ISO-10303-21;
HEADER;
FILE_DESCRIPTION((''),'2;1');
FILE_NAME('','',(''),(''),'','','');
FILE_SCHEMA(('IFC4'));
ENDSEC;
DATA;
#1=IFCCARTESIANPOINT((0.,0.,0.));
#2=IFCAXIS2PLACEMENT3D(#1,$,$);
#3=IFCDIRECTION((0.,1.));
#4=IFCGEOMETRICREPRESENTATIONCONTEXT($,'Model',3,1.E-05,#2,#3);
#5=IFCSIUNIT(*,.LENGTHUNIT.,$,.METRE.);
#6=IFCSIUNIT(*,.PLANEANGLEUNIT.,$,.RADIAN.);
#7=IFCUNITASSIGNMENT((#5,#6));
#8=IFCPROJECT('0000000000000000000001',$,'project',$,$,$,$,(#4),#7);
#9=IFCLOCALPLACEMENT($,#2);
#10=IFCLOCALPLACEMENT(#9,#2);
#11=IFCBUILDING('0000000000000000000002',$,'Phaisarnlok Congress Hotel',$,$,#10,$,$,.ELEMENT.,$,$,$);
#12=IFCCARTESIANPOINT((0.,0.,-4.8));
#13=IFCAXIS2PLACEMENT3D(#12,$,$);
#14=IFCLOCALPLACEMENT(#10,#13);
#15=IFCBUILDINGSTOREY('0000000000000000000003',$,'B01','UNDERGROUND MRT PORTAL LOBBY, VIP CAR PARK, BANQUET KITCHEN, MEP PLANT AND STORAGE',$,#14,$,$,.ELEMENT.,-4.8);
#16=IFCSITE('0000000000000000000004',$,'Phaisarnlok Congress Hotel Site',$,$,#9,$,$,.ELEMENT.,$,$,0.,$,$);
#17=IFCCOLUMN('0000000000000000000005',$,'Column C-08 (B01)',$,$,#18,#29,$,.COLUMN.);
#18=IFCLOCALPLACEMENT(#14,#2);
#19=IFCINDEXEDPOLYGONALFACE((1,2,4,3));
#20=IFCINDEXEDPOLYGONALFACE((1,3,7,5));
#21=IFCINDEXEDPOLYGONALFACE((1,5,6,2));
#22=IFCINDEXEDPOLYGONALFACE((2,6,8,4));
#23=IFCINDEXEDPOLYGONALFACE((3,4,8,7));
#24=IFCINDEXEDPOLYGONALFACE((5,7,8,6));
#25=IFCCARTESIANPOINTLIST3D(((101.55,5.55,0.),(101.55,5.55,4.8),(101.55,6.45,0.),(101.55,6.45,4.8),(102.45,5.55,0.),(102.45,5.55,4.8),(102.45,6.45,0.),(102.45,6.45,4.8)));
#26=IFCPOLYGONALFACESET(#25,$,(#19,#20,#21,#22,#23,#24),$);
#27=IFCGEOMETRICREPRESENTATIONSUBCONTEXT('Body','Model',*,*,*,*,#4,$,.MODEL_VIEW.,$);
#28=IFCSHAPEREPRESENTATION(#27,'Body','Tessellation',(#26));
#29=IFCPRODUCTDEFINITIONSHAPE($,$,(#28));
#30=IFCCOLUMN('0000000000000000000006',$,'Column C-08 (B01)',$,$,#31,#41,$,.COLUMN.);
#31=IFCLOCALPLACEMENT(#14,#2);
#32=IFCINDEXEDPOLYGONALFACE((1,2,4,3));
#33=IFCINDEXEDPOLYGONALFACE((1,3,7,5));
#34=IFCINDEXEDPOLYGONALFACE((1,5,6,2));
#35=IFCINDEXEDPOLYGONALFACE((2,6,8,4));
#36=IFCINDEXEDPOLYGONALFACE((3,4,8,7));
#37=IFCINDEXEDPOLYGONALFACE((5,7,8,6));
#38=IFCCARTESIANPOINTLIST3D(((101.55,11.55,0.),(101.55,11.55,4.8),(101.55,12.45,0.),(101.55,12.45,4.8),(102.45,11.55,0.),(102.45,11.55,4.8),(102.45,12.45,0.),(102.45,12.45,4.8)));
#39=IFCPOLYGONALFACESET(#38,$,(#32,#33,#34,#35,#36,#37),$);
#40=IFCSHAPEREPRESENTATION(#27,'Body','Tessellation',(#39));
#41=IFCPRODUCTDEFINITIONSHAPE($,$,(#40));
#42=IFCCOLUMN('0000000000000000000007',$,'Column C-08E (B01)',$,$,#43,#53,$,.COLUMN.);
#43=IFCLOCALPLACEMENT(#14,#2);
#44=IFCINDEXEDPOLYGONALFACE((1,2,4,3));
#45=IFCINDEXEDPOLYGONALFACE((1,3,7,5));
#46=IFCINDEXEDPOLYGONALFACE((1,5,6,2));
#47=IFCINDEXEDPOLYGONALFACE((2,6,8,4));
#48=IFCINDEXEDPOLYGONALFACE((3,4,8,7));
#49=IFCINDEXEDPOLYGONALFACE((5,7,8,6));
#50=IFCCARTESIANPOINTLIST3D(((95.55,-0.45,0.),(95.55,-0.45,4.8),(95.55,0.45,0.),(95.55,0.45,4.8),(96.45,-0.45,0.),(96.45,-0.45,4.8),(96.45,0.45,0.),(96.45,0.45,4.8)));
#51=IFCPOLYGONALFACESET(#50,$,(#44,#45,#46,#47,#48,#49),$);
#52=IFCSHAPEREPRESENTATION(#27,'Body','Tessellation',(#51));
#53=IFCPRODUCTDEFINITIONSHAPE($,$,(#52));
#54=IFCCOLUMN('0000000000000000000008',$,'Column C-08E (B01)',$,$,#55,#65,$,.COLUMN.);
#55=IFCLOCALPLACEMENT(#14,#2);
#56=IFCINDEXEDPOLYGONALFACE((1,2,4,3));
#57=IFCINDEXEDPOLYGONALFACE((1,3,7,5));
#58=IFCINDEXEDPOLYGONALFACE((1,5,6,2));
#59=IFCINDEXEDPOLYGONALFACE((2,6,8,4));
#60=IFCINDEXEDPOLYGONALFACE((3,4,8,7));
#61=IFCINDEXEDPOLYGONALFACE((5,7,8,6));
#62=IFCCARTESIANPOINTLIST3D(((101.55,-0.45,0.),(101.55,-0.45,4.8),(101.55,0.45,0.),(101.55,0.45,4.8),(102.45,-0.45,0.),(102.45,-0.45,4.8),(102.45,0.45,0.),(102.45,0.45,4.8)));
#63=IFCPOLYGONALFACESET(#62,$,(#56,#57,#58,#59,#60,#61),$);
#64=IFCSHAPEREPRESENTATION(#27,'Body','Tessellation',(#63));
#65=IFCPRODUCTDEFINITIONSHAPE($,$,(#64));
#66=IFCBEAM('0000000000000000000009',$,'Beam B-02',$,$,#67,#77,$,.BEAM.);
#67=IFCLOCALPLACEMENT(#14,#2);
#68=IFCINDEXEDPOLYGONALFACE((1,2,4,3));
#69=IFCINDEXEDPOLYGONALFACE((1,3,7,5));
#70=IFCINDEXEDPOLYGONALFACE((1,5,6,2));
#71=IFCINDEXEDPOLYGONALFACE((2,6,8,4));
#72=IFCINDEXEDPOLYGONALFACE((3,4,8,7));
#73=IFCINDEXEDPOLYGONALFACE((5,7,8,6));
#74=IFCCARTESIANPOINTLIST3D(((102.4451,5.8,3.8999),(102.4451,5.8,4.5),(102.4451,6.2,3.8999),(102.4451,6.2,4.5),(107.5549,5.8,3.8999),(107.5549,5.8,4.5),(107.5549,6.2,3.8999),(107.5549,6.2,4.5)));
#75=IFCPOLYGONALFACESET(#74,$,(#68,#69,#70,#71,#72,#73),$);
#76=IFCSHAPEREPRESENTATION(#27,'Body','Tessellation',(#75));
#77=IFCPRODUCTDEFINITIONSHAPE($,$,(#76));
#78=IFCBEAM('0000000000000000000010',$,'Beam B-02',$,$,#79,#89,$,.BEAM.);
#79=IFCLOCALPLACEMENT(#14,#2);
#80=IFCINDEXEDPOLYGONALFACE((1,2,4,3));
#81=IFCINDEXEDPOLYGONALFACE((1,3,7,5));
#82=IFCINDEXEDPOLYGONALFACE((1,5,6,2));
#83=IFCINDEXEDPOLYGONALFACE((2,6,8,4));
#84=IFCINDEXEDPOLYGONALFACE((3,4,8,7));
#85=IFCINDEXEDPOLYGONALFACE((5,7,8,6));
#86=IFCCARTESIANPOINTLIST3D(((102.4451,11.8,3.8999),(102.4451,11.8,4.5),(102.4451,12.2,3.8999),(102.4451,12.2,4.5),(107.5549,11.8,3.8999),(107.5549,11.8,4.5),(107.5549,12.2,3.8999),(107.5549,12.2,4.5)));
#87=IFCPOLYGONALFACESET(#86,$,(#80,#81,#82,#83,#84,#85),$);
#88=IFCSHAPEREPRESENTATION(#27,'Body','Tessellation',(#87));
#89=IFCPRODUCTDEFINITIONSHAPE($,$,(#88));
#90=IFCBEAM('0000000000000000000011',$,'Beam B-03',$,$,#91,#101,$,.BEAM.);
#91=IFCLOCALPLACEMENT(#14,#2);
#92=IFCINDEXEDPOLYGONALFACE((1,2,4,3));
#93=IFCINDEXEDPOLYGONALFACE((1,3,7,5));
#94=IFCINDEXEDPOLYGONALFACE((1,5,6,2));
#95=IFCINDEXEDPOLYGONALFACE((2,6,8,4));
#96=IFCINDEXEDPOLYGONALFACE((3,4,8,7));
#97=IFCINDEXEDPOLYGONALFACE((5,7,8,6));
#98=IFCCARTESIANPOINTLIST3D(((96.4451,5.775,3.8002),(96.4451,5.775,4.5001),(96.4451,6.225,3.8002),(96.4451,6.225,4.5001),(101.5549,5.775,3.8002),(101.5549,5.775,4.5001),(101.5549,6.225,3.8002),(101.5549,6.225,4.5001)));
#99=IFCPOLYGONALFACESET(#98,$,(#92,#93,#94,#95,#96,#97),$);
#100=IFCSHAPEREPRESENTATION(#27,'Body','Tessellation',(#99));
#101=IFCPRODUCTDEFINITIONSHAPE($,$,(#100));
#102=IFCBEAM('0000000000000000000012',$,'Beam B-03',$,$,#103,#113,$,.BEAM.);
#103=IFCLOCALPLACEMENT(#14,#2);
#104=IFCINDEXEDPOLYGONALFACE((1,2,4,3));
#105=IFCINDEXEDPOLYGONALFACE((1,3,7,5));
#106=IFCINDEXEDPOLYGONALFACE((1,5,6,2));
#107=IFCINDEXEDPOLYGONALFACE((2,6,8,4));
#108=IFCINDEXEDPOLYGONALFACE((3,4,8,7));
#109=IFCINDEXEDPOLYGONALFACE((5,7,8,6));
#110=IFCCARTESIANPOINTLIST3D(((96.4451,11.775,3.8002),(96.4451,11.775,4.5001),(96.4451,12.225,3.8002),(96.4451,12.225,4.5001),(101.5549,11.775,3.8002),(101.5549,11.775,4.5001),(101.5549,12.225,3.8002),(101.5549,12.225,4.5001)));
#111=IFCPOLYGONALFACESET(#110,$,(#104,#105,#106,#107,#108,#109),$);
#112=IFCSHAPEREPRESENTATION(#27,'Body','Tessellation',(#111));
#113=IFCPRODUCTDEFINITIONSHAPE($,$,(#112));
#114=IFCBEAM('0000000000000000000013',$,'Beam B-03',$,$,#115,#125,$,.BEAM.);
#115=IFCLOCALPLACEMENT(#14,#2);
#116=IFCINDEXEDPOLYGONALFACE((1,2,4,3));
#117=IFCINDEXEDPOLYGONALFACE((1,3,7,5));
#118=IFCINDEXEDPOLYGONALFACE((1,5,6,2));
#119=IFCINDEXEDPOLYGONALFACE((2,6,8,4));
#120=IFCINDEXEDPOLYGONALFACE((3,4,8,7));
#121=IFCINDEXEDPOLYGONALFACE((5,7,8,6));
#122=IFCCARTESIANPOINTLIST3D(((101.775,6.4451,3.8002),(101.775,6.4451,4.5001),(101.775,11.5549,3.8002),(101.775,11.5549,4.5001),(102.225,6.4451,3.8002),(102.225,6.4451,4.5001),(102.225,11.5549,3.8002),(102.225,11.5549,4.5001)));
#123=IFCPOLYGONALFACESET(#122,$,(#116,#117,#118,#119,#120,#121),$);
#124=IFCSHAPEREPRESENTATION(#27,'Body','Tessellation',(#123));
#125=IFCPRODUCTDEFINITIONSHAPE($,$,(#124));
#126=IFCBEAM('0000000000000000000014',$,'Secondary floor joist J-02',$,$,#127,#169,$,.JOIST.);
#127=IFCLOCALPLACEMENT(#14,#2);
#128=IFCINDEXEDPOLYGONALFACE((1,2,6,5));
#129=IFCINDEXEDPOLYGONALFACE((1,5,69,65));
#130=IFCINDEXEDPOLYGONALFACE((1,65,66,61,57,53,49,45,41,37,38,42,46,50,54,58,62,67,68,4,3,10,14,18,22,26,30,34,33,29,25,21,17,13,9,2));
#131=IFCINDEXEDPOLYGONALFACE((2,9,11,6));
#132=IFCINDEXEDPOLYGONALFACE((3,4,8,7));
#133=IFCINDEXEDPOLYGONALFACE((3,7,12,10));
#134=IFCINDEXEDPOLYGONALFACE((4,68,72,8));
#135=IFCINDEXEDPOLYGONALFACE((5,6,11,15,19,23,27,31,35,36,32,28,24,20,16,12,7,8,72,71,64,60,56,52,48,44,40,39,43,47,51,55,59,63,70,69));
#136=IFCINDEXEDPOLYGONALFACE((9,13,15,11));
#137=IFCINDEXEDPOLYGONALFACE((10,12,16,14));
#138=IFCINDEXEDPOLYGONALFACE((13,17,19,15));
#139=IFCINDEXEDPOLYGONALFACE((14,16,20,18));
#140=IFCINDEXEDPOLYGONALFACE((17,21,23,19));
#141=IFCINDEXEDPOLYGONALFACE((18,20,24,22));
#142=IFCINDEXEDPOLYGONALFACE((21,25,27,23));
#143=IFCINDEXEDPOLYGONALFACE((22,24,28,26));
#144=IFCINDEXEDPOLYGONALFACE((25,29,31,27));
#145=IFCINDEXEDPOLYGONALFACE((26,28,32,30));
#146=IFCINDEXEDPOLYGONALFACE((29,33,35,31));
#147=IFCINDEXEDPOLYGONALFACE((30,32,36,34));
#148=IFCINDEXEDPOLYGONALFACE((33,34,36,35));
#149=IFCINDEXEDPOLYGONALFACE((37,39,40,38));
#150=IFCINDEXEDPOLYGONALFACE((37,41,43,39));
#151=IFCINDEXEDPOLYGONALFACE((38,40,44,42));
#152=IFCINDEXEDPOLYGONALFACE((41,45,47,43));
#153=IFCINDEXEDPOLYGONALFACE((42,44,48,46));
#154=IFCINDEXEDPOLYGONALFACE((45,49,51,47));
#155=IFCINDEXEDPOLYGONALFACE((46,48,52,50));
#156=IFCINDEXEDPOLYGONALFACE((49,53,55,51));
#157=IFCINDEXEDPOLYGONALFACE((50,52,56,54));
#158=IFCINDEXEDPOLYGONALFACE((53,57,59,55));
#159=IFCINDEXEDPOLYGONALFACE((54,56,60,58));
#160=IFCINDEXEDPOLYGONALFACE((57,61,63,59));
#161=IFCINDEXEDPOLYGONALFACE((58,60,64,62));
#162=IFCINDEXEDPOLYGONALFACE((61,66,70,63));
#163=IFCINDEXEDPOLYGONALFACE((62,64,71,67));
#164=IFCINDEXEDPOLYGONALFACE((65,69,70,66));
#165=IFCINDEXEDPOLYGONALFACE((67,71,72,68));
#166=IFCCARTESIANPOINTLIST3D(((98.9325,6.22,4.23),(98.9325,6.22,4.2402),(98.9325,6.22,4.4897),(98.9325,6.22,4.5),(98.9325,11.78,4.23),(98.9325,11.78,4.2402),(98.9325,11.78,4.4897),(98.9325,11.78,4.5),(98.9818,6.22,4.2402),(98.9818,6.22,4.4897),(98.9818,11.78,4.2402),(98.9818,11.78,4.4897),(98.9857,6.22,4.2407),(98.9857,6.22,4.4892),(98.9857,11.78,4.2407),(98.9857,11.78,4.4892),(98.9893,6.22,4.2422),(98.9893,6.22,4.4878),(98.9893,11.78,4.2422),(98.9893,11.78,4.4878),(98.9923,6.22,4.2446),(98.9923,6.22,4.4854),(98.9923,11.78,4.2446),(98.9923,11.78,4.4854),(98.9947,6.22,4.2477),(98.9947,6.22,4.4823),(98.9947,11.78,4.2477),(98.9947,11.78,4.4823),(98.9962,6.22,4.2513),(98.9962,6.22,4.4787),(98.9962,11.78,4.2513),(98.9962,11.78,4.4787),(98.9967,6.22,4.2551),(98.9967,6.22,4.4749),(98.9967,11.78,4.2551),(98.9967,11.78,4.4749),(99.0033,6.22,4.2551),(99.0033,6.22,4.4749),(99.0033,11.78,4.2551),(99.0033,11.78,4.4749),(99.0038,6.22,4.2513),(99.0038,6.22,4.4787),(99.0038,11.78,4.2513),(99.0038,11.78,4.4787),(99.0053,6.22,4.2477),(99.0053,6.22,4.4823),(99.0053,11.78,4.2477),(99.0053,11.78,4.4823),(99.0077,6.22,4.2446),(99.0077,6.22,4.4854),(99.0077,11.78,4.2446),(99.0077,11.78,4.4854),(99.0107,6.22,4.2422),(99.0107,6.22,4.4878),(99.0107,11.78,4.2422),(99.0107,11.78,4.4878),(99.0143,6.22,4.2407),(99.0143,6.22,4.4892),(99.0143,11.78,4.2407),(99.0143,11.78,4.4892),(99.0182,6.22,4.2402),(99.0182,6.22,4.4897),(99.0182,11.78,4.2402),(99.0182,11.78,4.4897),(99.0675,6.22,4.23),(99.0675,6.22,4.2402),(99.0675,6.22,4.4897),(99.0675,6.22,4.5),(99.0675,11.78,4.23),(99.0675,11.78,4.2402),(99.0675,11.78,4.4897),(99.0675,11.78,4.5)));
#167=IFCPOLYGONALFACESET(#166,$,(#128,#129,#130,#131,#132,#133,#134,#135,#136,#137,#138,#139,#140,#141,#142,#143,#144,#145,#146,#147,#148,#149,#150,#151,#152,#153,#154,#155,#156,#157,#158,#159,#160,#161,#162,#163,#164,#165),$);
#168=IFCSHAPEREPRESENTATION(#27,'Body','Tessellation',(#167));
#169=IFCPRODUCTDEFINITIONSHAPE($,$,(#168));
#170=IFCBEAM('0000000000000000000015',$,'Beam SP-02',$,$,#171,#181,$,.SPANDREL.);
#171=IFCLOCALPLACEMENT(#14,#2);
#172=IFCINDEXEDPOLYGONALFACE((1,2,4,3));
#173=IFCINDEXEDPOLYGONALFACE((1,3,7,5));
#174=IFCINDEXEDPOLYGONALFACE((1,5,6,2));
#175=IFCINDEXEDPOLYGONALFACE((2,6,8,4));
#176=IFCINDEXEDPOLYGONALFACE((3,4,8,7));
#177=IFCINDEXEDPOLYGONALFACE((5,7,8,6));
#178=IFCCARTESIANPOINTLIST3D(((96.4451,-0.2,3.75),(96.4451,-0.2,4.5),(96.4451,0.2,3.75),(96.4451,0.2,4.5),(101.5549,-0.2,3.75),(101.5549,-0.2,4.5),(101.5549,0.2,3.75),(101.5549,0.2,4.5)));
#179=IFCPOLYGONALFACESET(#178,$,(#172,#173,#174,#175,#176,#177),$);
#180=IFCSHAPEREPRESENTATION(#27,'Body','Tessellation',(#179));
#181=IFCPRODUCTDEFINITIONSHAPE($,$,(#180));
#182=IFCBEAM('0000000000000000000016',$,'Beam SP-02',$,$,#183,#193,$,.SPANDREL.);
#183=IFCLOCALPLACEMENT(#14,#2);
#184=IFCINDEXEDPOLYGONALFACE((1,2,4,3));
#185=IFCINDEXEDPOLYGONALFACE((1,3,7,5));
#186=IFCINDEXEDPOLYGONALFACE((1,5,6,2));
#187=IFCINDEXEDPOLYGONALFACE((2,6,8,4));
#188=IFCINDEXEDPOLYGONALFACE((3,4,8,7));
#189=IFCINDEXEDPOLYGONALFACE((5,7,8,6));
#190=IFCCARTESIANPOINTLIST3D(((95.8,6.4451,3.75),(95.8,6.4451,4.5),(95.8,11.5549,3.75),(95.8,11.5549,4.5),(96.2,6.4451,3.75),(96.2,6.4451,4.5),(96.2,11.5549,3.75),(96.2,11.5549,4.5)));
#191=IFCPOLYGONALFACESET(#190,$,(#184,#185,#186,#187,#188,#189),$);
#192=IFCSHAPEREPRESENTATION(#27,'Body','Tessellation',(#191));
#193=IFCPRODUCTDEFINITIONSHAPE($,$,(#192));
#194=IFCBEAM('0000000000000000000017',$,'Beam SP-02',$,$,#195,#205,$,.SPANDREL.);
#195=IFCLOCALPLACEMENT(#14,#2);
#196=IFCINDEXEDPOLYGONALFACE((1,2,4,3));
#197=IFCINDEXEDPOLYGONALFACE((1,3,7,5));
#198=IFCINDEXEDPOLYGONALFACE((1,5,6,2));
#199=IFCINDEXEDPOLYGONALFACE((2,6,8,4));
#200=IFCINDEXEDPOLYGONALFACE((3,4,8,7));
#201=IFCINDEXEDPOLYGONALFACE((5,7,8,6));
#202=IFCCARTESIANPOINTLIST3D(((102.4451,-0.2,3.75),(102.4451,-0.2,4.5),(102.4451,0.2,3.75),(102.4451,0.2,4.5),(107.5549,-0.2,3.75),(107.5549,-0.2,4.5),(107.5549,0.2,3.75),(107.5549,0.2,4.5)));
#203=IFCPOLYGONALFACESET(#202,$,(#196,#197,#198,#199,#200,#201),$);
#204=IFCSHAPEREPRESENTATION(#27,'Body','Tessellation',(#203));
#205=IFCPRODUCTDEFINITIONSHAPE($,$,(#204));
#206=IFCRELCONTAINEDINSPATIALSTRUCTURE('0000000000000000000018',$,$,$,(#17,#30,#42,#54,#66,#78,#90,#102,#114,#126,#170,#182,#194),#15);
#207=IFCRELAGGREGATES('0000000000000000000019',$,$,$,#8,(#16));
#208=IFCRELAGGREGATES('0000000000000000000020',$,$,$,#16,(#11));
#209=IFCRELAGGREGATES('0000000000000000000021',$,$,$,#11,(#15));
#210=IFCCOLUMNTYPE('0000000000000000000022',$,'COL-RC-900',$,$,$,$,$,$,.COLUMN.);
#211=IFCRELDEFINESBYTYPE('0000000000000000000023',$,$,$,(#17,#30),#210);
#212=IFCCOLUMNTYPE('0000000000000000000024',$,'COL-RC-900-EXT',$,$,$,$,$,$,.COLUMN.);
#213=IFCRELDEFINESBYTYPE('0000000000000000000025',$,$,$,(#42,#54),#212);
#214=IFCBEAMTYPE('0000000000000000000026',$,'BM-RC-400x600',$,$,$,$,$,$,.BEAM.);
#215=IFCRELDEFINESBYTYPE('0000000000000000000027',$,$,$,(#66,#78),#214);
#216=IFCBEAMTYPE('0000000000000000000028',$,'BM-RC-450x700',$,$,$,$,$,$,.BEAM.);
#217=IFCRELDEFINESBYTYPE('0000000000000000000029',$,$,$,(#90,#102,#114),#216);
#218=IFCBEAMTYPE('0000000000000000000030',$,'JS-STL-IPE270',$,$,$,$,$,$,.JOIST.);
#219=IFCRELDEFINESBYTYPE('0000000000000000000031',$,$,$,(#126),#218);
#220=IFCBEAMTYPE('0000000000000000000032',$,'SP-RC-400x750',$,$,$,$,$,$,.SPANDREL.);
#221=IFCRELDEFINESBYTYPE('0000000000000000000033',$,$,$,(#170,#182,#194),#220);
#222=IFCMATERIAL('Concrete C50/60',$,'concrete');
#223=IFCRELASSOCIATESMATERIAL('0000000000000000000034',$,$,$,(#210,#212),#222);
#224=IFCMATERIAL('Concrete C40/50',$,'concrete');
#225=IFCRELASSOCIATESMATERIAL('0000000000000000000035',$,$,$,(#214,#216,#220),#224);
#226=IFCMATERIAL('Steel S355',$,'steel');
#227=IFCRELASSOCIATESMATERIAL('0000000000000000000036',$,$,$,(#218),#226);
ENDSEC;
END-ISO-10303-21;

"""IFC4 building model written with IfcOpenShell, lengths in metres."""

from ifc_helpers import new_model, si_unit, direction, frame, origin, origin_2d, place, context, subcontext, project, spatial, rectangle, i_section, extrude, material, material_profile, profile_set, type_object, element, save


model = new_model("IFC4")

# Units and contexts
model_context = context("Model", 3, precision=1e-05, world=origin(), true_north=direction((0.0, 1.0)))
body_context = subcontext(model_context, "Body", "Model", "MODEL_VIEW")
ifc_project = project(units=[si_unit("LENGTHUNIT", "METRE"), si_unit("PLANEANGLEUNIT", "RADIAN")], contexts=[model_context])

# Site, building, storey
site_placement = place(None, origin())
site = spatial("IfcSite", under=ifc_project, at=site_placement, Name="Phaisarnlok Congress Hotel Site", CompositionType="ELEMENT", RefElevation=0.0)
building_placement = place(site_placement, origin())
building = spatial("IfcBuilding", under=site, at=building_placement, Name="Phaisarnlok Congress Hotel", CompositionType="ELEMENT")
storey_placement = place(building_placement, frame((0.0, 0.0, -4.8)))
storey = spatial("IfcBuildingStorey", under=building, at=storey_placement, Name="B01", Description="UNDERGROUND MRT PORTAL LOBBY, VIP CAR PARK, BANQUET KITCHEN, MEP PLANT AND STORAGE", CompositionType="ELEMENT", Elevation=-4.8)

# Shared definitions
ifc_material_1 = material(Name="Concrete C40/50", Category="concrete")

# Columns
ifc_material_2 = material(Name="Concrete C50/60", Category="concrete")
ifc_material_profile_1 = material_profile(ifc_material_2, rectangle(XDim=0.8999, YDim=0.8999, at=origin_2d()), Name="RC 900x900")
ifc_profile_set_1 = profile_set([ifc_material_profile_1], Name="Concrete C50/60")
column_type_1 = type_object("IfcColumnType", Name="COL-RC-900", PredefinedType="COLUMN", material=ifc_profile_set_1)
for number, where, z_axis, x_axis, name in (
    (1, (102.0, 6.0, 0.0), (0.0, 0.0, 1.0), (1.0, 0.0, 0.0), "Column C-08 (B01)"),
    (2, (102.0, 12.0, 0.0), (0.0, 0.0, 1.0), (1.0, 0.0, 0.0), "Column C-08 (B01)"),
):
    element("IfcColumn", number, at=place(storey_placement, frame(where, z_axis=z_axis, x_axis=x_axis)), inside=storey, type_object=column_type_1, Name=name, PredefinedType="COLUMN", context=body_context, shape_type="SweptSolid", body=[
        extrude(rectangle(XDim=0.8999, YDim=0.8999, at=origin_2d()), origin(), (0.0, 0.0, 1.0), 4.8),
    ])
ifc_material_profile_2 = material_profile(ifc_material_2, rectangle(XDim=0.8999, YDim=0.8999, at=origin_2d()), Name="RC 900x900")
ifc_profile_set_2 = profile_set([ifc_material_profile_2], Name="Concrete C50/60")
column_type_2 = type_object("IfcColumnType", Name="COL-RC-900-EXT", PredefinedType="COLUMN", material=ifc_profile_set_2)
for number, where, z_axis, x_axis, name in (
    (3, (96.0, 0.0, 0.0), (0.0, 0.0, 1.0), (1.0, 0.0, 0.0), "Column C-08E (B01)"),
    (4, (102.0, 0.0, 0.0), (0.0, 0.0, 1.0), (1.0, 0.0, 0.0), "Column C-08E (B01)"),
):
    element("IfcColumn", number, at=place(storey_placement, frame(where, z_axis=z_axis, x_axis=x_axis)), inside=storey, type_object=column_type_2, Name=name, PredefinedType="COLUMN", context=body_context, shape_type="SweptSolid", body=[
        extrude(rectangle(XDim=0.8999, YDim=0.8999, at=origin_2d()), origin(), (0.0, 0.0, 1.0), 4.8),
    ])

# Beams
ifc_material_profile_3 = material_profile(ifc_material_1, rectangle(XDim=0.3999, YDim=0.6001, at=origin_2d()), Name="RC 400x600")
ifc_profile_set_3 = profile_set([ifc_material_profile_3], Name="Concrete C40/50")
beam_type_1 = type_object("IfcBeamType", Name="BM-RC-400x600", PredefinedType="BEAM", material=ifc_profile_set_3)
for number, where, z_axis, x_axis, name in (
    (5, (102.4451, 6.0, 4.2), (1.0, 0.0, 0.0), (0.0, 1.0, 0.0), "Beam B-02"),
    (6, (102.4451, 12.0, 4.2), (1.0, 0.0, 0.0), (0.0, 1.0, 0.0), "Beam B-02"),
):
    element("IfcBeam", number, at=place(storey_placement, frame(where, z_axis=z_axis, x_axis=x_axis)), inside=storey, type_object=beam_type_1, Name=name, PredefinedType="BEAM", context=body_context, shape_type="SweptSolid", body=[
        extrude(rectangle(XDim=0.3999, YDim=0.6001, at=origin_2d()), origin(), (0.0, 0.0, 1.0), 5.1099),
    ])
ifc_material_profile_4 = material_profile(ifc_material_1, rectangle(XDim=0.45, YDim=0.7, at=origin_2d()), Name="RC 450x700")
ifc_profile_set_4 = profile_set([ifc_material_profile_4], Name="Concrete C40/50")
beam_type_2 = type_object("IfcBeamType", Name="BM-RC-450x700", PredefinedType="BEAM", material=ifc_profile_set_4)
for number, where, z_axis, x_axis, name in (
    (7, (96.4451, 6.0, 4.1501), (1.0, 0.0, 0.0), (0.0, 1.0, 0.0), "Beam B-03"),
    (8, (96.4451, 12.0, 4.1501), (1.0, 0.0, 0.0), (0.0, 1.0, 0.0), "Beam B-03"),
    (9, (102.0, 6.4451, 4.1501), (0.0, 1.0, 0.0), (-1.0, 0.0, 0.0), "Beam B-03"),
):
    element("IfcBeam", number, at=place(storey_placement, frame(where, z_axis=z_axis, x_axis=x_axis)), inside=storey, type_object=beam_type_2, Name=name, PredefinedType="BEAM", context=body_context, shape_type="SweptSolid", body=[
        extrude(rectangle(XDim=0.45, YDim=0.7, at=origin_2d()), origin(), (0.0, 0.0, 1.0), 5.1099),
    ])
ifc_material_3 = material(Name="Steel S355", Category="steel")
ifc_material_profile_5 = material_profile(ifc_material_3, i_section(OverallWidth=0.135, OverallDepth=0.27, WebThickness=0.0066, FlangeThickness=0.0103, FilletRadius=0.0149, at=origin_2d()), Name="IPE 270")
ifc_profile_set_5 = profile_set([ifc_material_profile_5], Name="Steel S355")
beam_type_3 = type_object("IfcBeamType", Name="JS-STL-IPE270", PredefinedType="JOIST", material=ifc_profile_set_5)
beam_placement = place(storey_placement, frame((99.0, 6.22, 4.365), z_axis=(0.0, 1.0, 0.0), x_axis=(-1.0, 0.0, 0.0)))
element("IfcBeam", 10, at=beam_placement, inside=storey, type_object=beam_type_3, Name="Secondary floor joist J-02", PredefinedType="JOIST", context=body_context, shape_type="SweptSolid", body=[
    extrude(i_section(OverallWidth=0.135, OverallDepth=0.27, WebThickness=0.0066, FlangeThickness=0.0103, FilletRadius=0.0149, at=origin_2d()), origin(), (0.0, 0.0, 1.0), 5.5601),
])
ifc_material_profile_6 = material_profile(ifc_material_1, rectangle(XDim=0.3999, YDim=0.75, at=origin_2d()), Name="RC 400x750")
ifc_profile_set_6 = profile_set([ifc_material_profile_6], Name="Concrete C40/50")
beam_type_4 = type_object("IfcBeamType", Name="SP-RC-400x750", PredefinedType="SPANDREL", material=ifc_profile_set_6)
for number, where, z_axis, x_axis, name in (
    (11, (96.4451, 0.0, 4.125), (1.0, 0.0, 0.0), (0.0, 1.0, 0.0), "Beam SP-02"),
    (12, (96.0, 6.4451, 4.125), (0.0, 1.0, 0.0), (-1.0, 0.0, 0.0), "Beam SP-02"),
    (13, (102.4451, 0.0, 4.125), (1.0, 0.0, 0.0), (0.0, 1.0, 0.0), "Beam SP-02"),
):
    element("IfcBeam", number, at=place(storey_placement, frame(where, z_axis=z_axis, x_axis=x_axis)), inside=storey, type_object=beam_type_4, Name=name, PredefinedType="SPANDREL", context=body_context, shape_type="SweptSolid", body=[
        extrude(rectangle(XDim=0.3999, YDim=0.75, at=origin_2d()), origin(), (0.0, 0.0, 1.0), 5.1099),
    ])

save(model, "model.ifc")
